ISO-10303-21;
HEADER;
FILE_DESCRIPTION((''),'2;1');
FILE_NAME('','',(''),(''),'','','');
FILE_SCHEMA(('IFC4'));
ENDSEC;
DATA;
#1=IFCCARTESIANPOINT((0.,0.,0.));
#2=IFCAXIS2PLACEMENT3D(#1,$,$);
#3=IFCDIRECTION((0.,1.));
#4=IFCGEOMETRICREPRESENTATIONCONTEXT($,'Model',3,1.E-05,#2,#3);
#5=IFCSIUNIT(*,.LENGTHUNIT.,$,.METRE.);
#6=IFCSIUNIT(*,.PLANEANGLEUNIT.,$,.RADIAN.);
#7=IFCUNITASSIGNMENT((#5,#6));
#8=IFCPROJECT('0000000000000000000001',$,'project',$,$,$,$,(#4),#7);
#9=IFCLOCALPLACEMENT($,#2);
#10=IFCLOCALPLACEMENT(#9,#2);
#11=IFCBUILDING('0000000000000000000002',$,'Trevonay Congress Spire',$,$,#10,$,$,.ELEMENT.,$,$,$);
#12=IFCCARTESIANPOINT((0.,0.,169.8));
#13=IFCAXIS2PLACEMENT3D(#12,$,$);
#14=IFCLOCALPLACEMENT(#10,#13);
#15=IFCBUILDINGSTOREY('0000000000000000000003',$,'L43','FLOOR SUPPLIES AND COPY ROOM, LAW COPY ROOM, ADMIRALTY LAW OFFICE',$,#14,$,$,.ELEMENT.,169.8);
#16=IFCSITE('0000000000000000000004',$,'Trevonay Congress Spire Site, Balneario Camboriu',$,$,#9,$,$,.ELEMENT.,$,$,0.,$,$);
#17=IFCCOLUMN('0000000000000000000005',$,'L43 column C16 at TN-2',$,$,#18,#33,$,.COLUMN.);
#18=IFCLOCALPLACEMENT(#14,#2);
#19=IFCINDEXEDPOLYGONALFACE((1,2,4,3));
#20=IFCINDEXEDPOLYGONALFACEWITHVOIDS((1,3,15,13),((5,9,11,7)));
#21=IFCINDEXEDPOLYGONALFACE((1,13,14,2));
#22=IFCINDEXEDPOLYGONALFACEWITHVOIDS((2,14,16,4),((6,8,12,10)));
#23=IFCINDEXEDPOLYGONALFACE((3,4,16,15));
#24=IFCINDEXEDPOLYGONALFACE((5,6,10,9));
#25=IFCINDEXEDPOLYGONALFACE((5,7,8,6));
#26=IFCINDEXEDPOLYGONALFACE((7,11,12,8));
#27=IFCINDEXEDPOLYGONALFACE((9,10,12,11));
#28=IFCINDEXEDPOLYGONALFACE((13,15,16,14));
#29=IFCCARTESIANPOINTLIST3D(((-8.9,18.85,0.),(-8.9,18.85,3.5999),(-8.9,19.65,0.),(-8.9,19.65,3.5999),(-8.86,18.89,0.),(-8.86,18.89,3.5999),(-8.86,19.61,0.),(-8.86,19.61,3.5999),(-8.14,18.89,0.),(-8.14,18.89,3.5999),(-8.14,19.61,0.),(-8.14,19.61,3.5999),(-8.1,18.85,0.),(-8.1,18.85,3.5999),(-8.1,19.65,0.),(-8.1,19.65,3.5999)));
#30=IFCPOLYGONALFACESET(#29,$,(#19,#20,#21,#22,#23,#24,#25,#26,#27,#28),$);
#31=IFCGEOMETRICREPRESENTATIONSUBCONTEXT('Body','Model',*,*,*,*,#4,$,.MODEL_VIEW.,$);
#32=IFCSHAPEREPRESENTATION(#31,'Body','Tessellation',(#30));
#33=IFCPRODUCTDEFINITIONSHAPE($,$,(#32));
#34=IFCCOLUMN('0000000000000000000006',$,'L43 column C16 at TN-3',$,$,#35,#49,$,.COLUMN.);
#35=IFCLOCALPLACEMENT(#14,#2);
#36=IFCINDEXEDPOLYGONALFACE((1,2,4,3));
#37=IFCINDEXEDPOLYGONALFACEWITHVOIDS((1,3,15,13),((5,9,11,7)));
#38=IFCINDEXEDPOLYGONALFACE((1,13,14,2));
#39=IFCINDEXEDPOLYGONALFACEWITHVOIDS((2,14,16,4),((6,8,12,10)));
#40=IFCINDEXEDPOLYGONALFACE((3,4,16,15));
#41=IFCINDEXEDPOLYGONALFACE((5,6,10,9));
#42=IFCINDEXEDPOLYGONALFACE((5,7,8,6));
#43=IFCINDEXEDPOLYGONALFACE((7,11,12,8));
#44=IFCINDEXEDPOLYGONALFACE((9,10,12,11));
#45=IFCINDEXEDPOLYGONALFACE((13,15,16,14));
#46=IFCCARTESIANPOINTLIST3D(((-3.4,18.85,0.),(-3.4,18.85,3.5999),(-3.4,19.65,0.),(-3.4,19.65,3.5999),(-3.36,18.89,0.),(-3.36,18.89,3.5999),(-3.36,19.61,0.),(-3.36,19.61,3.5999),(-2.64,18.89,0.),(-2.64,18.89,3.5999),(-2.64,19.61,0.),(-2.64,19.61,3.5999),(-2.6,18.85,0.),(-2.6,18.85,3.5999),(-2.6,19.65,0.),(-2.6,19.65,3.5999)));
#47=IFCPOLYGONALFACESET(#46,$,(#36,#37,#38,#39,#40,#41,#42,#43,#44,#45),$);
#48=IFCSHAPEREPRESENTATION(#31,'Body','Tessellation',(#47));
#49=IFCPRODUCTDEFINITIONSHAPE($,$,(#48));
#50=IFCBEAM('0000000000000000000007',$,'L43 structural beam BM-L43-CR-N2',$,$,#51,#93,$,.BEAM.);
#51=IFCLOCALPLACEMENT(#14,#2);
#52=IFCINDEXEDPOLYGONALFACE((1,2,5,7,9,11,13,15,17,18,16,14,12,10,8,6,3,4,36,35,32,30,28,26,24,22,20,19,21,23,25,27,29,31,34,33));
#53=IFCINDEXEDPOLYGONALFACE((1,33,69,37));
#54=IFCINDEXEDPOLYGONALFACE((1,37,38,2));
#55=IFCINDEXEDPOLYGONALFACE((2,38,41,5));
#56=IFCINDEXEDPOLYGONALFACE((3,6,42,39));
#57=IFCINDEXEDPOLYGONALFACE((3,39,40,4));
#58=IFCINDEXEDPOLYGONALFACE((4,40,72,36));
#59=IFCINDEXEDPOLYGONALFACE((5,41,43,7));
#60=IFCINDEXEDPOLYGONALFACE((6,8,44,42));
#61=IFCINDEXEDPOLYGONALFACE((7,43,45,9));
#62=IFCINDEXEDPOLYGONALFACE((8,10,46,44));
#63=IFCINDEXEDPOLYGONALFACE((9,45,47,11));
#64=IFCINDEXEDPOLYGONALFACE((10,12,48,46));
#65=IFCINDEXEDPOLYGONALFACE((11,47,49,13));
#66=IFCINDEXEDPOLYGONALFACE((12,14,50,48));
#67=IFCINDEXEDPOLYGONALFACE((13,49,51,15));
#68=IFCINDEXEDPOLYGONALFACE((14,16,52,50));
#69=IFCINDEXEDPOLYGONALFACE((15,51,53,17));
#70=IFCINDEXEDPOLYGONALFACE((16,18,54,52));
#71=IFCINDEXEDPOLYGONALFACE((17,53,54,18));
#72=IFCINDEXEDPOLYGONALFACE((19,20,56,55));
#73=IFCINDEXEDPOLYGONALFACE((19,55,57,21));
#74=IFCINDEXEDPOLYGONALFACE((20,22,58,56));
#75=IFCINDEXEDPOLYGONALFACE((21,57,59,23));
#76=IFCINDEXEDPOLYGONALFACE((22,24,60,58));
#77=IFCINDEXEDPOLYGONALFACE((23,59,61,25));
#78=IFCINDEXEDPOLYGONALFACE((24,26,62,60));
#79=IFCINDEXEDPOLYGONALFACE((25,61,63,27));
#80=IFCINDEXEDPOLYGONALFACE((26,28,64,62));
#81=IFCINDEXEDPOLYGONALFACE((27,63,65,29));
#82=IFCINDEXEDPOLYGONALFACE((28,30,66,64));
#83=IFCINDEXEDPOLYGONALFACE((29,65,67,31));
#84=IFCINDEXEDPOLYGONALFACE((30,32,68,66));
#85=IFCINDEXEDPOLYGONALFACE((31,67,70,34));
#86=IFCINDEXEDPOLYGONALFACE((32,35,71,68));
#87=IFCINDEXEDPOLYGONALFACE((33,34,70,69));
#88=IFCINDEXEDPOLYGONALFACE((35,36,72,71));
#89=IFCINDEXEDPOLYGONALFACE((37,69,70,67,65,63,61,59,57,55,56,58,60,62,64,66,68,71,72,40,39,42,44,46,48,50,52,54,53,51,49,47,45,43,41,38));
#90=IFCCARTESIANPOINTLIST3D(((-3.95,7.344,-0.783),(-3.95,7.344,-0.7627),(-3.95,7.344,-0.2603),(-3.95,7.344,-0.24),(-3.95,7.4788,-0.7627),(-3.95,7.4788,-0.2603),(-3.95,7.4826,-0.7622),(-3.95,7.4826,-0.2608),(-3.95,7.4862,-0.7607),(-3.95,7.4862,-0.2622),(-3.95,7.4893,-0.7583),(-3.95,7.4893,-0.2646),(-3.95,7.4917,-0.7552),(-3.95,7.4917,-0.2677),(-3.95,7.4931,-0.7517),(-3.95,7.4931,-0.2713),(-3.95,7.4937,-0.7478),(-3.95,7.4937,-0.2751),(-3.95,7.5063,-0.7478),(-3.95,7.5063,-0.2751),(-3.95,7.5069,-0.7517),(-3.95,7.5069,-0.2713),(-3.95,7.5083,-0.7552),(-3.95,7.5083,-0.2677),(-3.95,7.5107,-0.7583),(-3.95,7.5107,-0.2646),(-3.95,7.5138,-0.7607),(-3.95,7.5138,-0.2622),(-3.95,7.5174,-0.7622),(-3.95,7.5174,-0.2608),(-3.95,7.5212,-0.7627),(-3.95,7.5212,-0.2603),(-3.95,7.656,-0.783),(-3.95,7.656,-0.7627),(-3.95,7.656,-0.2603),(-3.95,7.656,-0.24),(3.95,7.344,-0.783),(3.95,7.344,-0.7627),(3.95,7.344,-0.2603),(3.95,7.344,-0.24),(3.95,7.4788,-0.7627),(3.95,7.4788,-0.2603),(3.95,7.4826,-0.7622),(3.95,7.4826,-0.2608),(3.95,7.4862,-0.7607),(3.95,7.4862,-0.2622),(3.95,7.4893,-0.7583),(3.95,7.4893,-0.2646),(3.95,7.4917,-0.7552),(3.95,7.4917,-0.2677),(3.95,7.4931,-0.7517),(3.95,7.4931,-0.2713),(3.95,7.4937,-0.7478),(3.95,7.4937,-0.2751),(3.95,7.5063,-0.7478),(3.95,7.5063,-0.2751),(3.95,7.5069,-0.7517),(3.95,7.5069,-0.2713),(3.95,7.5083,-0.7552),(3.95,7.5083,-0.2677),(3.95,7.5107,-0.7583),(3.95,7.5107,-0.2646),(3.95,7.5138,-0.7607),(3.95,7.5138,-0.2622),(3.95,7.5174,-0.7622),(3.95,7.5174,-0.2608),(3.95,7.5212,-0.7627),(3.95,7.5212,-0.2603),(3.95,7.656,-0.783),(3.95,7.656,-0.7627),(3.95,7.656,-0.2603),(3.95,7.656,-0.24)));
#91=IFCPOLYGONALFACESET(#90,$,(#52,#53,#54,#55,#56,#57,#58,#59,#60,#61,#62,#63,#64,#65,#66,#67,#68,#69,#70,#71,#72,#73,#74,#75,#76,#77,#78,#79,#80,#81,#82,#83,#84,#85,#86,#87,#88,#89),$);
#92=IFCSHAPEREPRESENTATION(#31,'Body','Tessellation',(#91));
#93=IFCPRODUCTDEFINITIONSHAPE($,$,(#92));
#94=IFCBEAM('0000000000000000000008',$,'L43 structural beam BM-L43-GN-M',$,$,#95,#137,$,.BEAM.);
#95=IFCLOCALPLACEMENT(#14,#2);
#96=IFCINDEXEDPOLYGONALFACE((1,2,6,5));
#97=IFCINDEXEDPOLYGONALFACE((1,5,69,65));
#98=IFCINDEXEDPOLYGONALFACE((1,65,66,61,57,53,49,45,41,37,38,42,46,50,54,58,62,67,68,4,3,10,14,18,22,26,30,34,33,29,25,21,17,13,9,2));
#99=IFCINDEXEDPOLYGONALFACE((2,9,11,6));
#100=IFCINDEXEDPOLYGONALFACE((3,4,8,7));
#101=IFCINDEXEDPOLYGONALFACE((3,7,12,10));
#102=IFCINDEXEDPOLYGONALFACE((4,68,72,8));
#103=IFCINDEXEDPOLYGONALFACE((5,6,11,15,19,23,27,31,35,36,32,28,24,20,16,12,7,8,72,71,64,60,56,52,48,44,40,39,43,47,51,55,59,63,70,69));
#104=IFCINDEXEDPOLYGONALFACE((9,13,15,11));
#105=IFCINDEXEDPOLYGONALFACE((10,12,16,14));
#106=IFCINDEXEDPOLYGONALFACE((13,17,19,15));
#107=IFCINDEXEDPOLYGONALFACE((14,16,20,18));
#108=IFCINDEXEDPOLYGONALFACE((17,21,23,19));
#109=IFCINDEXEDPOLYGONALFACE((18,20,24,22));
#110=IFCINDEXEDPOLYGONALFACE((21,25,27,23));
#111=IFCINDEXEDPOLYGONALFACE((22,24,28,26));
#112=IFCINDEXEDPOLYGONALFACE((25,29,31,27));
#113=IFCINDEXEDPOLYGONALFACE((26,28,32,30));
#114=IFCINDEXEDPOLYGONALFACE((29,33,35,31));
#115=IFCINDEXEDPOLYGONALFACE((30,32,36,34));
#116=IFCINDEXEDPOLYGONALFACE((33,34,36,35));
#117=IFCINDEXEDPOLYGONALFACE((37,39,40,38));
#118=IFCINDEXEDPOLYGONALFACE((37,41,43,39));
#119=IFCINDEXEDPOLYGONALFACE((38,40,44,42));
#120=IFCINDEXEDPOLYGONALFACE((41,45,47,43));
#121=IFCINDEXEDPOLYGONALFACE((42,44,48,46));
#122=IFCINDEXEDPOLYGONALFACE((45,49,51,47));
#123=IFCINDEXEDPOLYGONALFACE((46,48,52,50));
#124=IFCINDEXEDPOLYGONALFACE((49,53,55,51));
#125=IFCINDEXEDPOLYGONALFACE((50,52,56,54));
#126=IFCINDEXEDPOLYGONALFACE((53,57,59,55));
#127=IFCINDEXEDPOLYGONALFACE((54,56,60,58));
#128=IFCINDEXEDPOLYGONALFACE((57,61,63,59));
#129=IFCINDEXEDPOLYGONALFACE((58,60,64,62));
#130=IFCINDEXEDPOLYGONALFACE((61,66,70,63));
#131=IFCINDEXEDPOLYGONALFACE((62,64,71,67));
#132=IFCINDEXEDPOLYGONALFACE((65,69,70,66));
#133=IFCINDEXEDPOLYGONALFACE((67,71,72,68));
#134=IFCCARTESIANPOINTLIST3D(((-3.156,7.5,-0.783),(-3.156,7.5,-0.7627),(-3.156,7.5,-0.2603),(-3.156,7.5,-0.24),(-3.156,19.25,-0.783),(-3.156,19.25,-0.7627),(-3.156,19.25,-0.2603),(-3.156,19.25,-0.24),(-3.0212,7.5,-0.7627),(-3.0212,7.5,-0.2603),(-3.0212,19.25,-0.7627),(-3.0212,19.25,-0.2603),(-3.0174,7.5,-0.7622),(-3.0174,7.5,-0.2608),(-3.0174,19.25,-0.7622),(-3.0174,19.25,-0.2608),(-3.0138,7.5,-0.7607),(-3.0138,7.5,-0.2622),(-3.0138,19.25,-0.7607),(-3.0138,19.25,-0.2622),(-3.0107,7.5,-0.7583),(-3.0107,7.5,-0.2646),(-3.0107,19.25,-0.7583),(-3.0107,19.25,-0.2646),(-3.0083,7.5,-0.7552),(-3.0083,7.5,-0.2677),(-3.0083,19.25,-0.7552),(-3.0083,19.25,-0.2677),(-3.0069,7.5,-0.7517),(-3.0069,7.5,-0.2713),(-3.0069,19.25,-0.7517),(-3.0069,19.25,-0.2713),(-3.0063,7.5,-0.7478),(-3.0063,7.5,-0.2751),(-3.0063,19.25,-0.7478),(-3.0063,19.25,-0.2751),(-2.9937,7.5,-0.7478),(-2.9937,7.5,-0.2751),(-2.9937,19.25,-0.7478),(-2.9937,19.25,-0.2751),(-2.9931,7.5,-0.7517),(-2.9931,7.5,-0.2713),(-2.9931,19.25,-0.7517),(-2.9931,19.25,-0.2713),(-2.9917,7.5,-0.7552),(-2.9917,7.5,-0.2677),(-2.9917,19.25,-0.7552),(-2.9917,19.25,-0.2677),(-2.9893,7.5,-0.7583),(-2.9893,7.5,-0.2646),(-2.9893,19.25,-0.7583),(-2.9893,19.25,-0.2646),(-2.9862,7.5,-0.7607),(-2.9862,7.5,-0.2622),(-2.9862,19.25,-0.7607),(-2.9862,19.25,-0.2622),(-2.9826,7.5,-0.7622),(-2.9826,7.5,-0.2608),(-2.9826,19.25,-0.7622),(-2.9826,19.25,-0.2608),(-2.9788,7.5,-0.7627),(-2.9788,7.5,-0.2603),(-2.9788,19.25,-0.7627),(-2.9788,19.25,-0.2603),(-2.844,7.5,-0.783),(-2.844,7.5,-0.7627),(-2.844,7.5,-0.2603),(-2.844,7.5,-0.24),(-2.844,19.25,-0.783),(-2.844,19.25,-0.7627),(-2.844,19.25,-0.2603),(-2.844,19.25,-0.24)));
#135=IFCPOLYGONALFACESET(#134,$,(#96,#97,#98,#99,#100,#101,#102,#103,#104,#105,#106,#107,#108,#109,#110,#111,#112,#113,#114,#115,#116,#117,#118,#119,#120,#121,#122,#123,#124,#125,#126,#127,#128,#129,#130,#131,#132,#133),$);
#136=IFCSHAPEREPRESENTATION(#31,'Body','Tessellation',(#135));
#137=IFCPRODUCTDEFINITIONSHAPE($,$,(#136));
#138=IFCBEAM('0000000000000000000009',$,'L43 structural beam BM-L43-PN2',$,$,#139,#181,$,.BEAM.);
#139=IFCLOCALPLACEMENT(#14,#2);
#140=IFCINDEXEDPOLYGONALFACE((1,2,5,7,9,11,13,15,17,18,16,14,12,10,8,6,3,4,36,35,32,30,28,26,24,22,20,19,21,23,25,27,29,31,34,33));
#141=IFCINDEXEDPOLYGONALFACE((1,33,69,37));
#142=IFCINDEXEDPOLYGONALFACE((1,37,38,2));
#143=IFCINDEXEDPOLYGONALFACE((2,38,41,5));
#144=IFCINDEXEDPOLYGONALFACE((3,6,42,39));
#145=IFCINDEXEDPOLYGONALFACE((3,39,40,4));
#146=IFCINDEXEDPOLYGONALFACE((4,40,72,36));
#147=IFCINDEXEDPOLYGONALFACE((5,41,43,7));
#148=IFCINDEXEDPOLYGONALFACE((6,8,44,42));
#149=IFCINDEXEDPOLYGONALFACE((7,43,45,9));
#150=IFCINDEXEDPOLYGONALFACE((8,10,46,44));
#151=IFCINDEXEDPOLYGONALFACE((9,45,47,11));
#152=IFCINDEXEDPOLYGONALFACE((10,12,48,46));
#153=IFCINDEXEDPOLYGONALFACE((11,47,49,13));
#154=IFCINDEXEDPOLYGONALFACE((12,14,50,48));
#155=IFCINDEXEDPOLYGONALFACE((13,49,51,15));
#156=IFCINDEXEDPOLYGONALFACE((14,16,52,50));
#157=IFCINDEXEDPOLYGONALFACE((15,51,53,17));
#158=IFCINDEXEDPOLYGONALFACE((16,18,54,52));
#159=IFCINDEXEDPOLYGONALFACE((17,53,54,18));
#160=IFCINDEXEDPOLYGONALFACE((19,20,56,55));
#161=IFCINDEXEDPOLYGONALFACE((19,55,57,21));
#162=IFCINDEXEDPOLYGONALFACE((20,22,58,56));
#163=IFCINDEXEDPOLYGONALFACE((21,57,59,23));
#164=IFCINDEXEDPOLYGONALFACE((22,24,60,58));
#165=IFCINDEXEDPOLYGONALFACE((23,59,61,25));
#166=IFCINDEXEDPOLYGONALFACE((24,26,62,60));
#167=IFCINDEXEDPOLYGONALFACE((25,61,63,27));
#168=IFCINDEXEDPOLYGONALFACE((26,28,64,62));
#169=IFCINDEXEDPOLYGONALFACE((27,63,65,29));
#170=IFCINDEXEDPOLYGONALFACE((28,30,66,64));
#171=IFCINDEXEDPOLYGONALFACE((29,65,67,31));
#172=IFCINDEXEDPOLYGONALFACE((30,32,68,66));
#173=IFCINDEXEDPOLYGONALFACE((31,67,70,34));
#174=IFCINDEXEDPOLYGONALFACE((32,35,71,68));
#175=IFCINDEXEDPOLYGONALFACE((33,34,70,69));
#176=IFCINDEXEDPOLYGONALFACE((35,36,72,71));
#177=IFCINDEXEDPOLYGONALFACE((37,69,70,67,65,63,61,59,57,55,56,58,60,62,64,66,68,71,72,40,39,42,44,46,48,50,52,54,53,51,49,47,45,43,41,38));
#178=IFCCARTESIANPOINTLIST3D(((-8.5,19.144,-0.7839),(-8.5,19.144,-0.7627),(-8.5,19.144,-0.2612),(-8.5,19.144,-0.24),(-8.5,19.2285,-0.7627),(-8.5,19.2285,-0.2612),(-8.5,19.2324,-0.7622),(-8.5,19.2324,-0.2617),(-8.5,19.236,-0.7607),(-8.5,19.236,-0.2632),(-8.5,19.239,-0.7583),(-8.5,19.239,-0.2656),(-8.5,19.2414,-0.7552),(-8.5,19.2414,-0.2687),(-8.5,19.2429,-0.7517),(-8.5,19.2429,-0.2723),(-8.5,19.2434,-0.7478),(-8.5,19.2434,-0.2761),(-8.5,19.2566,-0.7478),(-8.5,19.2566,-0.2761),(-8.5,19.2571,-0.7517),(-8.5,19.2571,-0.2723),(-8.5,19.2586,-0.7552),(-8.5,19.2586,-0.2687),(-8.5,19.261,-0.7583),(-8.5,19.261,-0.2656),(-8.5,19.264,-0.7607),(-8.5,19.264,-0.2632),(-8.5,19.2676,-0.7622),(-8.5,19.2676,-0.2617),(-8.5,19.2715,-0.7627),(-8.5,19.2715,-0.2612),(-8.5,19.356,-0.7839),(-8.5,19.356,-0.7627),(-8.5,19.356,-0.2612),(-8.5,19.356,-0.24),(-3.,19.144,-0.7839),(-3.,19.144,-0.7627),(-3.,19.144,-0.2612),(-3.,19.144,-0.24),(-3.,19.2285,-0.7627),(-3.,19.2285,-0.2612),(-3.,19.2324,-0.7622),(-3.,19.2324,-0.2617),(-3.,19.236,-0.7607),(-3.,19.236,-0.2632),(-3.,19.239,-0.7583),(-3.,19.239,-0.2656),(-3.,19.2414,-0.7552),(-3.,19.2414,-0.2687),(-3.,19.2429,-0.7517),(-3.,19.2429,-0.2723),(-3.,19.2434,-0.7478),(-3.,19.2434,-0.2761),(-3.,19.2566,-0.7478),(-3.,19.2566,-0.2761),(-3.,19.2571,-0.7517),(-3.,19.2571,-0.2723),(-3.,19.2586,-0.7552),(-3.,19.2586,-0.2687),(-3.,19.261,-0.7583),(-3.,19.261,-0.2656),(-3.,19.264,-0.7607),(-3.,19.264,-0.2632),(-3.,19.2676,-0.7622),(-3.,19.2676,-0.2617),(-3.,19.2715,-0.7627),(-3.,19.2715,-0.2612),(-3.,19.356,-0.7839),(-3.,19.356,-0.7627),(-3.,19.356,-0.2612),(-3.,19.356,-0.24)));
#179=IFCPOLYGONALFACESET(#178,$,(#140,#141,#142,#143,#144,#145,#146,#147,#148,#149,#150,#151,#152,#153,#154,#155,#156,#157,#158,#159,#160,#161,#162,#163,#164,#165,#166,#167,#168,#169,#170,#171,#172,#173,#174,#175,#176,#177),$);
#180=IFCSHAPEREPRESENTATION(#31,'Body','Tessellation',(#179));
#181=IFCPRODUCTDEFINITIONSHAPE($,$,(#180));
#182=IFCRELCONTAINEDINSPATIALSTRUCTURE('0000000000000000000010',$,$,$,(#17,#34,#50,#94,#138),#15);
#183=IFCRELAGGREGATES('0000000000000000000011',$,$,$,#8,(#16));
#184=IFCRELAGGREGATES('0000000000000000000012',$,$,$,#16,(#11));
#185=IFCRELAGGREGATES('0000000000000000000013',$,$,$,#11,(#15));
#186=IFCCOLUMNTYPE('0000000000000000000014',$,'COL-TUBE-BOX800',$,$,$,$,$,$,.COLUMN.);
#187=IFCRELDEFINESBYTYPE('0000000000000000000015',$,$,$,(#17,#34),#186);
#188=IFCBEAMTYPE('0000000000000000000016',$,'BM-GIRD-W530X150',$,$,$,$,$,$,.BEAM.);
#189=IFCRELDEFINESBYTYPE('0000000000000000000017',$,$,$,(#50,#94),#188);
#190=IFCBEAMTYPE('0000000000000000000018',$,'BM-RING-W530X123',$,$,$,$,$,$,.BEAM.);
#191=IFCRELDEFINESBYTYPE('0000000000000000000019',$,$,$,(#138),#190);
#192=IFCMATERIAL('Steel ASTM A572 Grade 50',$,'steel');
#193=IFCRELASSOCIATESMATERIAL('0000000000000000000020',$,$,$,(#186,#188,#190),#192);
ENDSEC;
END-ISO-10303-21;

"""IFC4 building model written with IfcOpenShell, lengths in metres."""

from ifc_helpers import new_model, si_unit, direction, frame, origin, origin_2d, place, context, subcontext, project, spatial, hollow_rectangle, i_section, extrude, material, material_profile, profile_set, type_object, element, save


model = new_model("IFC4")

# Units and contexts
model_context = context("Model", 3, precision=1e-05, world=origin(), true_north=direction((0.0, 1.0)))
body_context = subcontext(model_context, "Body", "Model", "MODEL_VIEW")
ifc_project = project(units=[si_unit("LENGTHUNIT", "METRE"), si_unit("PLANEANGLEUNIT", "RADIAN")], contexts=[model_context])

# Site, building, storey
site_placement = place(None, origin())
site = spatial("IfcSite", under=ifc_project, at=site_placement, Name="Trevonay Congress Spire Site, Balneario Camboriu", CompositionType="ELEMENT", RefElevation=0.0)
building_placement = place(site_placement, origin())
building = spatial("IfcBuilding", under=site, at=building_placement, Name="Trevonay Congress Spire", CompositionType="ELEMENT")
storey_placement = place(building_placement, frame((0.0, 0.0, 169.8)))
storey = spatial("IfcBuildingStorey", under=building, at=storey_placement, Name="L43", Description="FLOOR SUPPLIES AND COPY ROOM, LAW COPY ROOM, ADMIRALTY LAW OFFICE", CompositionType="ELEMENT", Elevation=169.8)

# Columns
ifc_material_1 = material(Name="Steel ASTM A572 Grade 50", Category="steel")
ifc_material_profile_1 = material_profile(ifc_material_1, hollow_rectangle(XDim=0.8, YDim=0.8, WallThickness=0.04, at=origin_2d()), Name="BOX 800x800x40")
ifc_profile_set_1 = profile_set([ifc_material_profile_1], Name="Steel ASTM A572 Grade 50")
column_type = type_object("IfcColumnType", Name="COL-TUBE-BOX800", PredefinedType="COLUMN", material=ifc_profile_set_1)
for number, where, z_axis, x_axis, name in (
    (1, (-8.5, 19.25, 0.0), (0.0, 0.0, 1.0), (1.0, 0.0, 0.0), "L43 column C16 at TN-2"),
    (2, (-3.0, 19.25, 0.0), (0.0, 0.0, 1.0), (1.0, 0.0, 0.0), "L43 column C16 at TN-3"),
):
    element("IfcColumn", number, at=place(storey_placement, frame(where, z_axis=z_axis, x_axis=x_axis)), inside=storey, type_object=column_type, Name=name, PredefinedType="COLUMN", context=body_context, shape_type="SweptSolid", body=[
        extrude(hollow_rectangle(XDim=0.8, YDim=0.8, WallThickness=0.04, at=origin_2d()), origin(), (0.0, 0.0, 1.0), 3.5999),
    ])

# Beams
ifc_material_profile_2 = material_profile(ifc_material_1, i_section(OverallWidth=0.312, OverallDepth=0.543, WebThickness=0.0127, FlangeThickness=0.0203, FilletRadius=0.0149, at=origin_2d()), Name="W530x150")
ifc_profile_set_2 = profile_set([ifc_material_profile_2], Name="Steel ASTM A572 Grade 50")
beam_type_1 = type_object("IfcBeamType", Name="BM-GIRD-W530X150", PredefinedType="BEAM", material=ifc_profile_set_2)
beam_1_placement = place(storey_placement, frame((-3.95, 7.5, -0.5115), z_axis=(1.0, 0.0, 0.0), x_axis=(0.0, 1.0, 0.0)))
element("IfcBeam", 3, at=beam_1_placement, inside=storey, type_object=beam_type_1, Name="L43 structural beam BM-L43-CR-N2", PredefinedType="BEAM", context=body_context, shape_type="SweptSolid", body=[
    extrude(i_section(OverallWidth=0.312, OverallDepth=0.543, WebThickness=0.0127, FlangeThickness=0.0203, FilletRadius=0.0149, at=origin_2d()), origin(), (0.0, 0.0, 1.0), 7.8999),
])
beam_2_placement = place(storey_placement, frame((-3.0, 7.5, -0.5115), z_axis=(0.0, 1.0, 0.0), x_axis=(-1.0, 0.0, 0.0)))
element("IfcBeam", 4, at=beam_2_placement, inside=storey, type_object=beam_type_1, Name="L43 structural beam BM-L43-GN-M", PredefinedType="BEAM", context=body_context, shape_type="SweptSolid", body=[
    extrude(i_section(OverallWidth=0.312, OverallDepth=0.543, WebThickness=0.0127, FlangeThickness=0.0203, FilletRadius=0.0149, at=origin_2d()), origin(), (0.0, 0.0, 1.0), 11.75),
])
ifc_material_profile_3 = material_profile(ifc_material_1, i_section(OverallWidth=0.2119, OverallDepth=0.5439, WebThickness=0.0132, FlangeThickness=0.0212, FilletRadius=0.0149, at=origin_2d()), Name="W530x123")
ifc_profile_set_3 = profile_set([ifc_material_profile_3], Name="Steel ASTM A572 Grade 50")
beam_type_2 = type_object("IfcBeamType", Name="BM-RING-W530X123", PredefinedType="BEAM", material=ifc_profile_set_3)
beam_3_placement = place(storey_placement, frame((-8.5, 19.25, -0.512), z_axis=(1.0, 0.0, 0.0), x_axis=(0.0, 1.0, 0.0)))
element("IfcBeam", 5, at=beam_3_placement, inside=storey, type_object=beam_type_2, Name="L43 structural beam BM-L43-PN2", PredefinedType="BEAM", context=body_context, shape_type="SweptSolid", body=[
    extrude(i_section(OverallWidth=0.2119, OverallDepth=0.5439, WebThickness=0.0132, FlangeThickness=0.0212, FilletRadius=0.0149, at=origin_2d()), origin(), (0.0, 0.0, 1.0), 5.5),
])

save(model, "model.ifc")
